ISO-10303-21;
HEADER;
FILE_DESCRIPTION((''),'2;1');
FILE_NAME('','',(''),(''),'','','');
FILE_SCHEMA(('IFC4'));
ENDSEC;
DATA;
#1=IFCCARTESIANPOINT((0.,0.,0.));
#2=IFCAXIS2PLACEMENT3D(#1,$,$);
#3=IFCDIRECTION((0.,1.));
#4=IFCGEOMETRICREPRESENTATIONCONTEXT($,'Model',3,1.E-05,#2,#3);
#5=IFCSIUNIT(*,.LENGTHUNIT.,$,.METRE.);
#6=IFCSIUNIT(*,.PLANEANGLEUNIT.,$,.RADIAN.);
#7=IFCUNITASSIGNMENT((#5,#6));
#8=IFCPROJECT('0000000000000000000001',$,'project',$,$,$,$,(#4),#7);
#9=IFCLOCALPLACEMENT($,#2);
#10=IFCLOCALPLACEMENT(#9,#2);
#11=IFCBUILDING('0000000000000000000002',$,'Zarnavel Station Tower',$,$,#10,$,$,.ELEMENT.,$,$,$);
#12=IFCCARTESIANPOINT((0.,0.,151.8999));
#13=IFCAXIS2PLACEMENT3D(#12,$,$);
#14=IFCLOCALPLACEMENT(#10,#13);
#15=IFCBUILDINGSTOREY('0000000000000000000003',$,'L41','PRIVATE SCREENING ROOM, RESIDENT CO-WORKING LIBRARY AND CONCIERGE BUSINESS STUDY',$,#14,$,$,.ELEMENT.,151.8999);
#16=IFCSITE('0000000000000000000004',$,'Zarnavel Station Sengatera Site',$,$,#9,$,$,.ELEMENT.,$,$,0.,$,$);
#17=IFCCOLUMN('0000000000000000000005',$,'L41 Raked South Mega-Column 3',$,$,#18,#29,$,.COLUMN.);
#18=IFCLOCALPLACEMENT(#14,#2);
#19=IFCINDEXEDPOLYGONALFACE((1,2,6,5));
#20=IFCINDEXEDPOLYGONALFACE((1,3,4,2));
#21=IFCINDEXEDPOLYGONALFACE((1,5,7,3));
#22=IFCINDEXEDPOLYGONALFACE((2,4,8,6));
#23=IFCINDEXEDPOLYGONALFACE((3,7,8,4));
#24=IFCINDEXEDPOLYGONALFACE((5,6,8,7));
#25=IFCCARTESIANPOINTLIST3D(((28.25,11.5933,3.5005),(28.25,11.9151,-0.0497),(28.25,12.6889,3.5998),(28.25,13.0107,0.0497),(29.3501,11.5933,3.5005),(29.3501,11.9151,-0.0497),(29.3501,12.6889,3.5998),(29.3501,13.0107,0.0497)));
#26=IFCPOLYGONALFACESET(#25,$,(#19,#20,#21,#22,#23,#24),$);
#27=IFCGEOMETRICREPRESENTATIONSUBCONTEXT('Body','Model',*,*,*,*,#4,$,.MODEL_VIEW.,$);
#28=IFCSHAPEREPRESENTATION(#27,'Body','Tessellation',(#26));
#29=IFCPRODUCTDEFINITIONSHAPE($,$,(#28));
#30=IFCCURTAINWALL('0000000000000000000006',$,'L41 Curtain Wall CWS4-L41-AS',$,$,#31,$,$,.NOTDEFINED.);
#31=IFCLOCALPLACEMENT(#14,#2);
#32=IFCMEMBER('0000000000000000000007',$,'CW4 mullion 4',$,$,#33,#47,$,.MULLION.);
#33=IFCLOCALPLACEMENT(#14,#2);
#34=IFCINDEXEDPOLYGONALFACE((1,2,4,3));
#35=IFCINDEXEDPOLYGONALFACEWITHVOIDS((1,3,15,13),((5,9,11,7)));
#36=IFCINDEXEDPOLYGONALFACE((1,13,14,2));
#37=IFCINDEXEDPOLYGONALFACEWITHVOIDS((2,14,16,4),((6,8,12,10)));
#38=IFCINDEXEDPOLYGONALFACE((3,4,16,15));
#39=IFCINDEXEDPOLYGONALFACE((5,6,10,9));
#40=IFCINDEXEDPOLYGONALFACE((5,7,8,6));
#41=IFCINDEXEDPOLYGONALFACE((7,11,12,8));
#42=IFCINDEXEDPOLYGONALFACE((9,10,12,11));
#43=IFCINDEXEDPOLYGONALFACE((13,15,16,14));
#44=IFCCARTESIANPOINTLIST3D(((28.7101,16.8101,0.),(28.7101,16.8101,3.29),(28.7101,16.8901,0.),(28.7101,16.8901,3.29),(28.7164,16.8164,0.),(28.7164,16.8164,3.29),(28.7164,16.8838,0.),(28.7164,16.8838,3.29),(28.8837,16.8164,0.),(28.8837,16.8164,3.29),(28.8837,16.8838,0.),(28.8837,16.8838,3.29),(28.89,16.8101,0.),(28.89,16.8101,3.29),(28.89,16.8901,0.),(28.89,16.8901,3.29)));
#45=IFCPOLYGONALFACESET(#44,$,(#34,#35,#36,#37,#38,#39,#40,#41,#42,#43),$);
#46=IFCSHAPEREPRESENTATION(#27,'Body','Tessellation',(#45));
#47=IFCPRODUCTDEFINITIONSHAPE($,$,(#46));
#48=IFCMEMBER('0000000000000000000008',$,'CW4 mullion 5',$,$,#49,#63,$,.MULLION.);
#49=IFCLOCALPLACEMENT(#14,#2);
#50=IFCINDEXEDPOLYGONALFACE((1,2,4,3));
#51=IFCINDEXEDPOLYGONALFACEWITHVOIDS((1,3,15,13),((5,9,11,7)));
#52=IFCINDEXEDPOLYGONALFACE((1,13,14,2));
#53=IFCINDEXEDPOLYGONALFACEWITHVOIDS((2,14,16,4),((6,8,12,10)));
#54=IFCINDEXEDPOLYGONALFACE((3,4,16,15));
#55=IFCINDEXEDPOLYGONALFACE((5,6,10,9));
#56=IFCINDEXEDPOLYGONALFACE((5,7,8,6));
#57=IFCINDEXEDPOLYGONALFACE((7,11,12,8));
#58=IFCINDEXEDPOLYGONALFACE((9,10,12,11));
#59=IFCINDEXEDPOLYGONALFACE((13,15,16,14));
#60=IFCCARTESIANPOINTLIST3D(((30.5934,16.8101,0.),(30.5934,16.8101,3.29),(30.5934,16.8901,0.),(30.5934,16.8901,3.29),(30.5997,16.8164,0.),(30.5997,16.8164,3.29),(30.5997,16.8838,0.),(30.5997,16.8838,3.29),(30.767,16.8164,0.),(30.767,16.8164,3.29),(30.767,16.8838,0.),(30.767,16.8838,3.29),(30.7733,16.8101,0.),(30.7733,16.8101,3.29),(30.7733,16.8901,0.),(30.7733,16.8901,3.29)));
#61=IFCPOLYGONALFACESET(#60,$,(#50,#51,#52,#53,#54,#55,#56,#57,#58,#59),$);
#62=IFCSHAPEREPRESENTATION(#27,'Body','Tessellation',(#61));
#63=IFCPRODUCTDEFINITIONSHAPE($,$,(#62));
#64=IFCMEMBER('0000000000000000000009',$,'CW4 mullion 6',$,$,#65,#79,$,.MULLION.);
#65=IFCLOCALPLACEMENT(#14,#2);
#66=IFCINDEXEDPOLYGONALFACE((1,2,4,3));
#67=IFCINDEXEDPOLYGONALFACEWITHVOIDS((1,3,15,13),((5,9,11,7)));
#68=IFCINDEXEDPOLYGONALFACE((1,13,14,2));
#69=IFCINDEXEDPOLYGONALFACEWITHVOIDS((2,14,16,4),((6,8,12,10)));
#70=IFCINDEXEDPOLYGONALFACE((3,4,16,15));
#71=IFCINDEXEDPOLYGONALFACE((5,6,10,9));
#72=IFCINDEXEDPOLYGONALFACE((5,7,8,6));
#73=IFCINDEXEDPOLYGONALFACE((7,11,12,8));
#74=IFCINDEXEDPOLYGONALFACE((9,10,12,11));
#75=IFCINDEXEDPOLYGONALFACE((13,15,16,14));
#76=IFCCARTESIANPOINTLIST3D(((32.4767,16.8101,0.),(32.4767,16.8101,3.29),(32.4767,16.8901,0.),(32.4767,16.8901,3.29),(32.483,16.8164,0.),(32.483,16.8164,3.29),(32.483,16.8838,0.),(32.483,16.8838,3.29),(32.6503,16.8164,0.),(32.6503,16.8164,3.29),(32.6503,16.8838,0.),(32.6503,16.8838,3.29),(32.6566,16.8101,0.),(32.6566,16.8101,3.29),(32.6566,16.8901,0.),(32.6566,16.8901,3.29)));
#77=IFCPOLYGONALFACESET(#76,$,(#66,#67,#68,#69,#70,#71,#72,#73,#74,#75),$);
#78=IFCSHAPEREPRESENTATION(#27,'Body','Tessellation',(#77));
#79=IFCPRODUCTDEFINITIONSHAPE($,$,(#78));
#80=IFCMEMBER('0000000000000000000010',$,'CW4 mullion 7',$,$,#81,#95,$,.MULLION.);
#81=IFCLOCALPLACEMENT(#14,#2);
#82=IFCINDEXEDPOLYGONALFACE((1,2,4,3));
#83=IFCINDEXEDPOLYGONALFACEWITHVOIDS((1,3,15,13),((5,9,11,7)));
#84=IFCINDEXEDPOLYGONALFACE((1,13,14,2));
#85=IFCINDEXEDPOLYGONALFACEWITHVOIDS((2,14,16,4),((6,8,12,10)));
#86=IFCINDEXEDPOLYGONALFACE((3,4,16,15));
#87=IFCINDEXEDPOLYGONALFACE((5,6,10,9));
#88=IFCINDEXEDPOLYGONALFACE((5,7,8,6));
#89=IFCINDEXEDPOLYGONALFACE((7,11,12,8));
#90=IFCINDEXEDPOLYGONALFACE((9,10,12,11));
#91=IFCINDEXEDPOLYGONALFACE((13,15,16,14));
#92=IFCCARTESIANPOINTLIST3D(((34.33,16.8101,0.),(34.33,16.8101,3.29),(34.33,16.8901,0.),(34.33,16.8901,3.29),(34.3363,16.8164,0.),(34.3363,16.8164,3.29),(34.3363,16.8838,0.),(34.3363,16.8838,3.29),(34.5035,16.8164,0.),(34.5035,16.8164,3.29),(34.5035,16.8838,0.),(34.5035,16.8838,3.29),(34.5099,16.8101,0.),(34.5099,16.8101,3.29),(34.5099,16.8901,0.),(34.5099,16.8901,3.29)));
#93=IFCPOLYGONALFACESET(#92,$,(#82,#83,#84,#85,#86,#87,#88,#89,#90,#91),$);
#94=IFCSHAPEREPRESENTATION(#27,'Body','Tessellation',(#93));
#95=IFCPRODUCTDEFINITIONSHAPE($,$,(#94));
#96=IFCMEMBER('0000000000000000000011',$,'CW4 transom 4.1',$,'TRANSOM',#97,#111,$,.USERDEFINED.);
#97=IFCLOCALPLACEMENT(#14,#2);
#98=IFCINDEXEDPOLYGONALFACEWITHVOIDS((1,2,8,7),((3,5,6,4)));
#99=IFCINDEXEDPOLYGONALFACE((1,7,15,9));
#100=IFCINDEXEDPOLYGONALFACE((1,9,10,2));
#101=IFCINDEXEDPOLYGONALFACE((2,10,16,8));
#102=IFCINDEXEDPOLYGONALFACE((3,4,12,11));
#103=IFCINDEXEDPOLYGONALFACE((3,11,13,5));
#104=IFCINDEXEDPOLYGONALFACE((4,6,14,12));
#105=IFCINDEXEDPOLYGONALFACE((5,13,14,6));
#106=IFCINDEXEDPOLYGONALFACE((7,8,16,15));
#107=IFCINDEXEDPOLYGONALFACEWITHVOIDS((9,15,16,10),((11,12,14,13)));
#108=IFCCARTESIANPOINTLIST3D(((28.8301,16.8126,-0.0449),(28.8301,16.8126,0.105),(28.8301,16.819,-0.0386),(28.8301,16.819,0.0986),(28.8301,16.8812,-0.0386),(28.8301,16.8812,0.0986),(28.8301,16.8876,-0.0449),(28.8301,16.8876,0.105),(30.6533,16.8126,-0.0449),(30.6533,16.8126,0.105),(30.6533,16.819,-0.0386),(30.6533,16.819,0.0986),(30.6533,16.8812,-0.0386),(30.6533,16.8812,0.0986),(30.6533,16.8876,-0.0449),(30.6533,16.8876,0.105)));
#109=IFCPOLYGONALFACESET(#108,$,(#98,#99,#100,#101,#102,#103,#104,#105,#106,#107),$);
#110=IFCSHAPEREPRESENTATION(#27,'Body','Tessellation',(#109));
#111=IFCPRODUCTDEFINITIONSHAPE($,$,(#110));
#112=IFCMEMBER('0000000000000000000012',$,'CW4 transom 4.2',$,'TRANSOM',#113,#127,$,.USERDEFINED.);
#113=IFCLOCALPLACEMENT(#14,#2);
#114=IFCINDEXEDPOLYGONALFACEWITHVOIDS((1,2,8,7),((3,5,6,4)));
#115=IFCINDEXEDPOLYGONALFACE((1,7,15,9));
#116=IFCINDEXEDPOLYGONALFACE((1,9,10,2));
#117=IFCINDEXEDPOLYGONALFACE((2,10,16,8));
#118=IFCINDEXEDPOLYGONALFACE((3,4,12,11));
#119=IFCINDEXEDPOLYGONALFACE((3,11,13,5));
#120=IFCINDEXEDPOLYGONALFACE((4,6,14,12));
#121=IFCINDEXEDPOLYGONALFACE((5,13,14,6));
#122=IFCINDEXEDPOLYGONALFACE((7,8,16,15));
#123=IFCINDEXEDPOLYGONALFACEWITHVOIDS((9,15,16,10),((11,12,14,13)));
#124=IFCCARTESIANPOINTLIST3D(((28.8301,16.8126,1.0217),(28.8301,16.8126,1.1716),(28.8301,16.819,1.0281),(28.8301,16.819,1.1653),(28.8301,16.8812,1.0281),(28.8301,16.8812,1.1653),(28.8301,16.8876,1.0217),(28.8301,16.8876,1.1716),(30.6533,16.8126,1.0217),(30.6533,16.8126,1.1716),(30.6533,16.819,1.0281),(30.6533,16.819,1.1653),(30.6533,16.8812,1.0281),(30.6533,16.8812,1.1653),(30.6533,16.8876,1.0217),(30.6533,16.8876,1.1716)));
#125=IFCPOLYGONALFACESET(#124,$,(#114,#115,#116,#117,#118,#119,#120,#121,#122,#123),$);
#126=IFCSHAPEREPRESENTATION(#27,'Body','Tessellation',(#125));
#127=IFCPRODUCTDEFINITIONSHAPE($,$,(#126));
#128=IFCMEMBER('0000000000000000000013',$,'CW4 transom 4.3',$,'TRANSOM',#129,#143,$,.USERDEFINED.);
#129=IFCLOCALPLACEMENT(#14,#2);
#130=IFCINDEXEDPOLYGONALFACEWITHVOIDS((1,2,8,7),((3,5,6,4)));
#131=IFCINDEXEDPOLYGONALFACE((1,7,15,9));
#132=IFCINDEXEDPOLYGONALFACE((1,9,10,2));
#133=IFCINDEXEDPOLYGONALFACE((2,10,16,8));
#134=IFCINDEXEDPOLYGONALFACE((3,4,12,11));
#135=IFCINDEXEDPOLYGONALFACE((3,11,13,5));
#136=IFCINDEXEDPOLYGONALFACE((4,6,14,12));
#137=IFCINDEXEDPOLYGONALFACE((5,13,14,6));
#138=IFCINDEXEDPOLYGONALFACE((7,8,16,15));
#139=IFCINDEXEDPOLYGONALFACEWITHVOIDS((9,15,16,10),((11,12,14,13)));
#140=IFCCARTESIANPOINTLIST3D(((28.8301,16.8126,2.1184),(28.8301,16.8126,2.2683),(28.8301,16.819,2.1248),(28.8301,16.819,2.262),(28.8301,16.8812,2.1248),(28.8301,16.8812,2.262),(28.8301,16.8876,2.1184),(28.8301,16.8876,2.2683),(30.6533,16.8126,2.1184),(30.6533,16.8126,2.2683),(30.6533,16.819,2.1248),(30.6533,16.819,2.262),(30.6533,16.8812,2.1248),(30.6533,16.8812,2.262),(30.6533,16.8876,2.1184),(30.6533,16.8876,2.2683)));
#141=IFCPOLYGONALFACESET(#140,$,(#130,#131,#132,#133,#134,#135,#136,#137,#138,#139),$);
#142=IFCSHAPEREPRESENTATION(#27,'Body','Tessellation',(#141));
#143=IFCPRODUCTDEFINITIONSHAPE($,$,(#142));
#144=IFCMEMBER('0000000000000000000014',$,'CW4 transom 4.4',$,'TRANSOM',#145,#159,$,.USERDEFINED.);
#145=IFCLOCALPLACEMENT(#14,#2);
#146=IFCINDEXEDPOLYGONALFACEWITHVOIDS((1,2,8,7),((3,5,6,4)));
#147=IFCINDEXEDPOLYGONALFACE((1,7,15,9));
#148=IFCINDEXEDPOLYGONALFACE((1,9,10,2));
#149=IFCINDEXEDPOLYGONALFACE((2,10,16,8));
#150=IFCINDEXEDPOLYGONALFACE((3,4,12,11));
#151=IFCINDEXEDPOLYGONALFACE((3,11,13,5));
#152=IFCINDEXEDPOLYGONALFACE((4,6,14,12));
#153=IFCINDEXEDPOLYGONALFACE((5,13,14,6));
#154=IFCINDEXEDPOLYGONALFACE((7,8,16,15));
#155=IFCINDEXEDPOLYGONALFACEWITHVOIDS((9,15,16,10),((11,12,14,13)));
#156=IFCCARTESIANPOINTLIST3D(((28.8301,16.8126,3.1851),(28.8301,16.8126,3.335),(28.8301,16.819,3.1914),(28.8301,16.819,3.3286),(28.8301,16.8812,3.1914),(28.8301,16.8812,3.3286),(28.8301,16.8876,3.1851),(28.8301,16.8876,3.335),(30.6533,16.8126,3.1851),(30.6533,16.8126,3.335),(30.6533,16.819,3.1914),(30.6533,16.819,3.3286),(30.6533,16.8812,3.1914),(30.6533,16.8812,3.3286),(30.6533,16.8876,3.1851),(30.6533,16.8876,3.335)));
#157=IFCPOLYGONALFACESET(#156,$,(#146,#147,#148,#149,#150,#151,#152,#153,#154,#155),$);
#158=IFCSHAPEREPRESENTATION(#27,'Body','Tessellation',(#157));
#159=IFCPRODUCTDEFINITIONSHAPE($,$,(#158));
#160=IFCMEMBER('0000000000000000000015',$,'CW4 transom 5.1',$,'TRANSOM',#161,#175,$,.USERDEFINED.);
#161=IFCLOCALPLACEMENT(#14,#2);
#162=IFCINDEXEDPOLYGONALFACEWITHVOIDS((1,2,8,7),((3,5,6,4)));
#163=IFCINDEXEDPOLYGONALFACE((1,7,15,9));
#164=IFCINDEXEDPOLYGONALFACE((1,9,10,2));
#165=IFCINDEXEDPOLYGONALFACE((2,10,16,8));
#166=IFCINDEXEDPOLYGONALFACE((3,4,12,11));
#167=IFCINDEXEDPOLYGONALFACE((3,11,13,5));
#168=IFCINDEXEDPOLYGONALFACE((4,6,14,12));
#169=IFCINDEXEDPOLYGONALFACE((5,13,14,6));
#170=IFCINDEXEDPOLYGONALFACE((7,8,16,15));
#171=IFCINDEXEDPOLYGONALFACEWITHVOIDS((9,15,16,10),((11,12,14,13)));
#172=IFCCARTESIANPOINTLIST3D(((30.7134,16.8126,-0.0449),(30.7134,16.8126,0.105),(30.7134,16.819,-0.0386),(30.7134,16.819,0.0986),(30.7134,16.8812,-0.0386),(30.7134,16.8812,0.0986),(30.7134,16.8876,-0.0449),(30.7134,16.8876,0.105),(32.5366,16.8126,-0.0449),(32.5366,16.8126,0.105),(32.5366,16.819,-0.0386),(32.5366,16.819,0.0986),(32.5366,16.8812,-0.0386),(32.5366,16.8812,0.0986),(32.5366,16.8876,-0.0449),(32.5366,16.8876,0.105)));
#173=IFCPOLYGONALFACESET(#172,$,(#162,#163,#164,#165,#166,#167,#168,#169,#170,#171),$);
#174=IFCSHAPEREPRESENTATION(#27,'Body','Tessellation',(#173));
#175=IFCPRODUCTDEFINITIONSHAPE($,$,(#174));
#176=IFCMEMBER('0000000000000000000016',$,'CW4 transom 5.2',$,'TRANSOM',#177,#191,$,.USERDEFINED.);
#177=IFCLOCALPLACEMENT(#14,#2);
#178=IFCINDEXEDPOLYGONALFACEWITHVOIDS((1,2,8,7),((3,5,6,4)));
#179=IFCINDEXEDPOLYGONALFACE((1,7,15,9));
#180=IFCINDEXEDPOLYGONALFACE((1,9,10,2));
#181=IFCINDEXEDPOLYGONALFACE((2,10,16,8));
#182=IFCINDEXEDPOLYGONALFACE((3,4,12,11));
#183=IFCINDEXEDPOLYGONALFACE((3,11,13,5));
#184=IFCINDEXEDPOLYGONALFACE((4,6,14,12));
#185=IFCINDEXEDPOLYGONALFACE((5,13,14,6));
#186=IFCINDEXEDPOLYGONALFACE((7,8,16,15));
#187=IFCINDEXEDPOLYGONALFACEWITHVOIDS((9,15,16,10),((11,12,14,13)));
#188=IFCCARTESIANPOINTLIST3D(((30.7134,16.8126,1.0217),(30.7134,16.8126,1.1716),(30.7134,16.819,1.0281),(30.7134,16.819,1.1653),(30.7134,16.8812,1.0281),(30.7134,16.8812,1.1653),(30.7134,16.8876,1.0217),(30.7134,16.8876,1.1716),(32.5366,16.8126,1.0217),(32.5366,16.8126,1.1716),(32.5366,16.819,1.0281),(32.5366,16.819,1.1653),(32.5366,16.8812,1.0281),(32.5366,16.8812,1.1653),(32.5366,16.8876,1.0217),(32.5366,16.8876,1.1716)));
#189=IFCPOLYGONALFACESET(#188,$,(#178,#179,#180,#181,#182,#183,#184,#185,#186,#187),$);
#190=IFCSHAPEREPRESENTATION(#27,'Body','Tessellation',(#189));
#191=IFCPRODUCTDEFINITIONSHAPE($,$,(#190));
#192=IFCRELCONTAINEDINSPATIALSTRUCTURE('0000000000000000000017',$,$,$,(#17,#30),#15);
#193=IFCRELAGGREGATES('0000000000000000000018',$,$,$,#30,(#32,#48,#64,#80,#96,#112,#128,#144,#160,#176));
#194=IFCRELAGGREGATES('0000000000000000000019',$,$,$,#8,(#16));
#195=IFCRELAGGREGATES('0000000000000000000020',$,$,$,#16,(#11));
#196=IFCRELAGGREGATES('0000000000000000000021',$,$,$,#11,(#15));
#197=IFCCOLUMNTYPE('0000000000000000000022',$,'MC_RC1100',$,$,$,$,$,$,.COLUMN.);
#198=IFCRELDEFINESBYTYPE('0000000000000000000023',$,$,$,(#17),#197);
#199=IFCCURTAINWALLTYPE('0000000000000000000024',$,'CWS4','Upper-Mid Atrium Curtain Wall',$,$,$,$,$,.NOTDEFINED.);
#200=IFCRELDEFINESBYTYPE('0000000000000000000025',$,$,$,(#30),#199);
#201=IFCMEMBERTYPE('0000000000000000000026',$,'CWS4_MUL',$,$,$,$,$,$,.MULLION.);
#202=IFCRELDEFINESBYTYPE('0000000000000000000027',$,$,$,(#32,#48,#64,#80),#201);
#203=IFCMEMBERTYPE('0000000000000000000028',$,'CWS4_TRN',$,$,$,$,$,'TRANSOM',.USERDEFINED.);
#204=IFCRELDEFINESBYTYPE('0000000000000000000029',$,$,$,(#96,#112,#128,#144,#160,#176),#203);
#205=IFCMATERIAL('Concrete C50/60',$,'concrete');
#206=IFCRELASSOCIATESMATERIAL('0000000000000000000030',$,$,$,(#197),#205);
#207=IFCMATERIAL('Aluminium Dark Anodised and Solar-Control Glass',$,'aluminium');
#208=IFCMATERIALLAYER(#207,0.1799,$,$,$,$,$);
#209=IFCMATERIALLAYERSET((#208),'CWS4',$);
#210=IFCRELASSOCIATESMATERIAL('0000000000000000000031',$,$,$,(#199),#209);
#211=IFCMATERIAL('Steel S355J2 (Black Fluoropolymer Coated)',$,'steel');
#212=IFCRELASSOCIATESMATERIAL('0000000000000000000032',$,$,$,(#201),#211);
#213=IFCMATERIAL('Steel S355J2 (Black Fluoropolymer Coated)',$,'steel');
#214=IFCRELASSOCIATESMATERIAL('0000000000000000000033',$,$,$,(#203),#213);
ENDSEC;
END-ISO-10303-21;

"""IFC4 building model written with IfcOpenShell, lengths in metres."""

from ifc_helpers import new_model, si_unit, direction, frame, origin, origin_2d, place, context, subcontext, project, spatial, rectangle, hollow_rectangle, extrude, material, layer, layer_set, material_profile, profile_set, type_object, element, aggregate, save


model = new_model("IFC4")

# Units and contexts
model_context = context("Model", 3, precision=1e-05, world=origin(), true_north=direction((0.0, 1.0)))
body_context = subcontext(model_context, "Body", "Model", "MODEL_VIEW")
ifc_project = project(units=[si_unit("LENGTHUNIT", "METRE"), si_unit("PLANEANGLEUNIT", "RADIAN")], contexts=[model_context])

# Site, building, storey
site_placement = place(None, origin())
site = spatial("IfcSite", under=ifc_project, at=site_placement, Name="Zarnavel Station Sengatera Site", CompositionType="ELEMENT", RefElevation=0.0)
building_placement = place(site_placement, origin())
building = spatial("IfcBuilding", under=site, at=building_placement, Name="Zarnavel Station Tower", CompositionType="ELEMENT")
storey_placement = place(building_placement, frame((0.0, 0.0, 151.8999)))
storey = spatial("IfcBuildingStorey", under=building, at=storey_placement, Name="L41", Description="PRIVATE SCREENING ROOM, RESIDENT CO-WORKING LIBRARY AND CONCIERGE BUSINESS STUDY", CompositionType="ELEMENT", Elevation=151.8999)

# Column
ifc_material_1 = material(Name="Concrete C50/60", Category="concrete")
ifc_material_profile_1 = material_profile(ifc_material_1, rectangle(XDim=1.1001, YDim=1.1001, at=origin_2d()), Name="RC1100x1100")
ifc_profile_set_1 = profile_set([ifc_material_profile_1], Name="Concrete C50/60")
column_type = type_object("IfcColumnType", Name="MC_RC1100", PredefinedType="COLUMN", material=ifc_profile_set_1)
column_placement = place(storey_placement, frame((28.8, 12.4629, 0.0), z_axis=(0.0, -0.09027, 0.995917), x_axis=(1.0, 0.0, 0.0)))
element("IfcColumn", 1, at=column_placement, inside=storey, type_object=column_type, Name="L41 Raked South Mega-Column 3", PredefinedType="COLUMN", context=body_context, shape_type="SweptSolid", body=[
    extrude(rectangle(XDim=1.1001, YDim=1.1001, at=origin_2d()), origin(), (0.0, 0.0, 1.0), 3.5647),
])

# Curtain wall, members
ifc_material_2 = material(Name="Aluminium Dark Anodised and Solar-Control Glass", Category="aluminium")
ifc_layer_1 = layer(ifc_material_2, 0.1799)
ifc_layer_set_1 = layer_set([ifc_layer_1], Name="CWS4")
curtain_wall_type = type_object("IfcCurtainWallType", Name="CWS4", Description="Upper-Mid Atrium Curtain Wall", PredefinedType="NOTDEFINED", material=ifc_layer_set_1)
curtain_wall_placement = place(storey_placement, origin())
curtain_wall = element("IfcCurtainWall", 2, at=curtain_wall_placement, inside=storey, type_object=curtain_wall_type, Name="L41 Curtain Wall CWS4-L41-AS", PredefinedType="NOTDEFINED")
ifc_material_3 = material(Name="Steel S355J2 (Black Fluoropolymer Coated)", Category="steel")
ifc_material_profile_2 = material_profile(ifc_material_3, hollow_rectangle(XDim=0.0801, YDim=0.1799, WallThickness=0.0063, at=origin_2d()), Name="RHS180x80x6.3")
ifc_profile_set_2 = profile_set([ifc_material_profile_2], Name="Steel S355J2 (Black Fluoropolymer Coated)")
member_type_1 = type_object("IfcMemberType", Name="CWS4_MUL", PredefinedType="MULLION", material=ifc_profile_set_2)
member_1_placement = place(storey_placement, frame((28.8, 16.8501, 0.0), z_axis=(0.0, 0.0, 1.0), x_axis=(0.0, 1.0, 0.0)))
member_1 = element("IfcMember", 3, at=member_1_placement, type_object=member_type_1, Name="CW4 mullion 4", PredefinedType="MULLION", context=body_context, shape_type="SweptSolid", body=[
    extrude(hollow_rectangle(XDim=0.0801, YDim=0.1799, WallThickness=0.0063, at=origin_2d()), origin(), (0.0, 0.0, 1.0), 3.29),
])
member_2_placement = place(storey_placement, frame((30.6833, 16.8501, 0.0), z_axis=(0.0, 0.0, 1.0), x_axis=(0.0, 1.0, 0.0)))
member_2 = element("IfcMember", 4, at=member_2_placement, type_object=member_type_1, Name="CW4 mullion 5", PredefinedType="MULLION", context=body_context, shape_type="SweptSolid", body=[
    extrude(hollow_rectangle(XDim=0.0801, YDim=0.1799, WallThickness=0.0063, at=origin_2d()), origin(), (0.0, 0.0, 1.0), 3.29),
])
member_3_placement = place(storey_placement, frame((32.5667, 16.8501, 0.0), z_axis=(0.0, 0.0, 1.0), x_axis=(0.0, 1.0, 0.0)))
member_3 = element("IfcMember", 5, at=member_3_placement, type_object=member_type_1, Name="CW4 mullion 6", PredefinedType="MULLION", context=body_context, shape_type="SweptSolid", body=[
    extrude(hollow_rectangle(XDim=0.0801, YDim=0.1799, WallThickness=0.0063, at=origin_2d()), origin(), (0.0, 0.0, 1.0), 3.29),
])
member_4_placement = place(storey_placement, frame((34.4199, 16.8501, 0.0), z_axis=(0.0, 0.0, 1.0), x_axis=(0.0, 1.0, 0.0)))
member_4 = element("IfcMember", 6, at=member_4_placement, type_object=member_type_1, Name="CW4 mullion 7", PredefinedType="MULLION", context=body_context, shape_type="SweptSolid", body=[
    extrude(hollow_rectangle(XDim=0.0801, YDim=0.1799, WallThickness=0.0063, at=origin_2d()), origin(), (0.0, 0.0, 1.0), 3.29),
])
ifc_material_4 = material(Name="Steel S355J2 (Black Fluoropolymer Coated)", Category="steel")
ifc_material_profile_3 = material_profile(ifc_material_4, hollow_rectangle(XDim=0.075, YDim=0.1499, WallThickness=0.0063, at=origin_2d()), Name="RHS150x75x6.3")
ifc_profile_set_3 = profile_set([ifc_material_profile_3], Name="Steel S355J2 (Black Fluoropolymer Coated)")
member_type_2 = type_object("IfcMemberType", Name="CWS4_TRN", ElementType="TRANSOM", PredefinedType="USERDEFINED", material=ifc_profile_set_3)
member_5_placement = place(storey_placement, frame((28.8301, 16.8501, 0.03), z_axis=(1.0, 0.0, 0.0), x_axis=(0.0, 1.0, 0.0)))
member_5 = element("IfcMember", 7, at=member_5_placement, type_object=member_type_2, Name="CW4 transom 4.1", ObjectType="TRANSOM", PredefinedType="USERDEFINED", context=body_context, shape_type="SweptSolid", body=[
    extrude(hollow_rectangle(XDim=0.075, YDim=0.1499, WallThickness=0.0063, at=origin_2d()), origin(), (0.0, 0.0, 1.0), 1.8232),
])
member_6_placement = place(storey_placement, frame((28.8301, 16.8501, 1.0967), z_axis=(1.0, 0.0, 0.0), x_axis=(0.0, 1.0, 0.0)))
member_6 = element("IfcMember", 8, at=member_6_placement, type_object=member_type_2, Name="CW4 transom 4.2", ObjectType="TRANSOM", PredefinedType="USERDEFINED", context=body_context, shape_type="SweptSolid", body=[
    extrude(hollow_rectangle(XDim=0.075, YDim=0.1499, WallThickness=0.0063, at=origin_2d()), origin(), (0.0, 0.0, 1.0), 1.8232),
])
member_7_placement = place(storey_placement, frame((28.8301, 16.8501, 2.1934), z_axis=(1.0, 0.0, 0.0), x_axis=(0.0, 1.0, 0.0)))
member_7 = element("IfcMember", 9, at=member_7_placement, type_object=member_type_2, Name="CW4 transom 4.3", ObjectType="TRANSOM", PredefinedType="USERDEFINED", context=body_context, shape_type="SweptSolid", body=[
    extrude(hollow_rectangle(XDim=0.075, YDim=0.1499, WallThickness=0.0063, at=origin_2d()), origin(), (0.0, 0.0, 1.0), 1.8232),
])
member_8_placement = place(storey_placement, frame((28.8301, 16.8501, 3.26), z_axis=(1.0, 0.0, 0.0), x_axis=(0.0, 1.0, 0.0)))
member_8 = element("IfcMember", 10, at=member_8_placement, type_object=member_type_2, Name="CW4 transom 4.4", ObjectType="TRANSOM", PredefinedType="USERDEFINED", context=body_context, shape_type="SweptSolid", body=[
    extrude(hollow_rectangle(XDim=0.075, YDim=0.1499, WallThickness=0.0063, at=origin_2d()), origin(), (0.0, 0.0, 1.0), 1.8232),
])
member_9_placement = place(storey_placement, frame((30.7134, 16.8501, 0.03), z_axis=(1.0, 0.0, 0.0), x_axis=(0.0, 1.0, 0.0)))
member_9 = element("IfcMember", 11, at=member_9_placement, type_object=member_type_2, Name="CW4 transom 5.1", ObjectType="TRANSOM", PredefinedType="USERDEFINED", context=body_context, shape_type="SweptSolid", body=[
    extrude(hollow_rectangle(XDim=0.075, YDim=0.1499, WallThickness=0.0063, at=origin_2d()), origin(), (0.0, 0.0, 1.0), 1.8232),
])
member_10_placement = place(storey_placement, frame((30.7134, 16.8501, 1.0967), z_axis=(1.0, 0.0, 0.0), x_axis=(0.0, 1.0, 0.0)))
member_10 = element("IfcMember", 12, at=member_10_placement, type_object=member_type_2, Name="CW4 transom 5.2", ObjectType="TRANSOM", PredefinedType="USERDEFINED", context=body_context, shape_type="SweptSolid", body=[
    extrude(hollow_rectangle(XDim=0.075, YDim=0.1499, WallThickness=0.0063, at=origin_2d()), origin(), (0.0, 0.0, 1.0), 1.8232),
])

aggregate(curtain_wall, [member_1, member_2, member_3, member_4, member_5, member_6, member_7, member_8, member_9, member_10])

save(model, "model.ifc")
